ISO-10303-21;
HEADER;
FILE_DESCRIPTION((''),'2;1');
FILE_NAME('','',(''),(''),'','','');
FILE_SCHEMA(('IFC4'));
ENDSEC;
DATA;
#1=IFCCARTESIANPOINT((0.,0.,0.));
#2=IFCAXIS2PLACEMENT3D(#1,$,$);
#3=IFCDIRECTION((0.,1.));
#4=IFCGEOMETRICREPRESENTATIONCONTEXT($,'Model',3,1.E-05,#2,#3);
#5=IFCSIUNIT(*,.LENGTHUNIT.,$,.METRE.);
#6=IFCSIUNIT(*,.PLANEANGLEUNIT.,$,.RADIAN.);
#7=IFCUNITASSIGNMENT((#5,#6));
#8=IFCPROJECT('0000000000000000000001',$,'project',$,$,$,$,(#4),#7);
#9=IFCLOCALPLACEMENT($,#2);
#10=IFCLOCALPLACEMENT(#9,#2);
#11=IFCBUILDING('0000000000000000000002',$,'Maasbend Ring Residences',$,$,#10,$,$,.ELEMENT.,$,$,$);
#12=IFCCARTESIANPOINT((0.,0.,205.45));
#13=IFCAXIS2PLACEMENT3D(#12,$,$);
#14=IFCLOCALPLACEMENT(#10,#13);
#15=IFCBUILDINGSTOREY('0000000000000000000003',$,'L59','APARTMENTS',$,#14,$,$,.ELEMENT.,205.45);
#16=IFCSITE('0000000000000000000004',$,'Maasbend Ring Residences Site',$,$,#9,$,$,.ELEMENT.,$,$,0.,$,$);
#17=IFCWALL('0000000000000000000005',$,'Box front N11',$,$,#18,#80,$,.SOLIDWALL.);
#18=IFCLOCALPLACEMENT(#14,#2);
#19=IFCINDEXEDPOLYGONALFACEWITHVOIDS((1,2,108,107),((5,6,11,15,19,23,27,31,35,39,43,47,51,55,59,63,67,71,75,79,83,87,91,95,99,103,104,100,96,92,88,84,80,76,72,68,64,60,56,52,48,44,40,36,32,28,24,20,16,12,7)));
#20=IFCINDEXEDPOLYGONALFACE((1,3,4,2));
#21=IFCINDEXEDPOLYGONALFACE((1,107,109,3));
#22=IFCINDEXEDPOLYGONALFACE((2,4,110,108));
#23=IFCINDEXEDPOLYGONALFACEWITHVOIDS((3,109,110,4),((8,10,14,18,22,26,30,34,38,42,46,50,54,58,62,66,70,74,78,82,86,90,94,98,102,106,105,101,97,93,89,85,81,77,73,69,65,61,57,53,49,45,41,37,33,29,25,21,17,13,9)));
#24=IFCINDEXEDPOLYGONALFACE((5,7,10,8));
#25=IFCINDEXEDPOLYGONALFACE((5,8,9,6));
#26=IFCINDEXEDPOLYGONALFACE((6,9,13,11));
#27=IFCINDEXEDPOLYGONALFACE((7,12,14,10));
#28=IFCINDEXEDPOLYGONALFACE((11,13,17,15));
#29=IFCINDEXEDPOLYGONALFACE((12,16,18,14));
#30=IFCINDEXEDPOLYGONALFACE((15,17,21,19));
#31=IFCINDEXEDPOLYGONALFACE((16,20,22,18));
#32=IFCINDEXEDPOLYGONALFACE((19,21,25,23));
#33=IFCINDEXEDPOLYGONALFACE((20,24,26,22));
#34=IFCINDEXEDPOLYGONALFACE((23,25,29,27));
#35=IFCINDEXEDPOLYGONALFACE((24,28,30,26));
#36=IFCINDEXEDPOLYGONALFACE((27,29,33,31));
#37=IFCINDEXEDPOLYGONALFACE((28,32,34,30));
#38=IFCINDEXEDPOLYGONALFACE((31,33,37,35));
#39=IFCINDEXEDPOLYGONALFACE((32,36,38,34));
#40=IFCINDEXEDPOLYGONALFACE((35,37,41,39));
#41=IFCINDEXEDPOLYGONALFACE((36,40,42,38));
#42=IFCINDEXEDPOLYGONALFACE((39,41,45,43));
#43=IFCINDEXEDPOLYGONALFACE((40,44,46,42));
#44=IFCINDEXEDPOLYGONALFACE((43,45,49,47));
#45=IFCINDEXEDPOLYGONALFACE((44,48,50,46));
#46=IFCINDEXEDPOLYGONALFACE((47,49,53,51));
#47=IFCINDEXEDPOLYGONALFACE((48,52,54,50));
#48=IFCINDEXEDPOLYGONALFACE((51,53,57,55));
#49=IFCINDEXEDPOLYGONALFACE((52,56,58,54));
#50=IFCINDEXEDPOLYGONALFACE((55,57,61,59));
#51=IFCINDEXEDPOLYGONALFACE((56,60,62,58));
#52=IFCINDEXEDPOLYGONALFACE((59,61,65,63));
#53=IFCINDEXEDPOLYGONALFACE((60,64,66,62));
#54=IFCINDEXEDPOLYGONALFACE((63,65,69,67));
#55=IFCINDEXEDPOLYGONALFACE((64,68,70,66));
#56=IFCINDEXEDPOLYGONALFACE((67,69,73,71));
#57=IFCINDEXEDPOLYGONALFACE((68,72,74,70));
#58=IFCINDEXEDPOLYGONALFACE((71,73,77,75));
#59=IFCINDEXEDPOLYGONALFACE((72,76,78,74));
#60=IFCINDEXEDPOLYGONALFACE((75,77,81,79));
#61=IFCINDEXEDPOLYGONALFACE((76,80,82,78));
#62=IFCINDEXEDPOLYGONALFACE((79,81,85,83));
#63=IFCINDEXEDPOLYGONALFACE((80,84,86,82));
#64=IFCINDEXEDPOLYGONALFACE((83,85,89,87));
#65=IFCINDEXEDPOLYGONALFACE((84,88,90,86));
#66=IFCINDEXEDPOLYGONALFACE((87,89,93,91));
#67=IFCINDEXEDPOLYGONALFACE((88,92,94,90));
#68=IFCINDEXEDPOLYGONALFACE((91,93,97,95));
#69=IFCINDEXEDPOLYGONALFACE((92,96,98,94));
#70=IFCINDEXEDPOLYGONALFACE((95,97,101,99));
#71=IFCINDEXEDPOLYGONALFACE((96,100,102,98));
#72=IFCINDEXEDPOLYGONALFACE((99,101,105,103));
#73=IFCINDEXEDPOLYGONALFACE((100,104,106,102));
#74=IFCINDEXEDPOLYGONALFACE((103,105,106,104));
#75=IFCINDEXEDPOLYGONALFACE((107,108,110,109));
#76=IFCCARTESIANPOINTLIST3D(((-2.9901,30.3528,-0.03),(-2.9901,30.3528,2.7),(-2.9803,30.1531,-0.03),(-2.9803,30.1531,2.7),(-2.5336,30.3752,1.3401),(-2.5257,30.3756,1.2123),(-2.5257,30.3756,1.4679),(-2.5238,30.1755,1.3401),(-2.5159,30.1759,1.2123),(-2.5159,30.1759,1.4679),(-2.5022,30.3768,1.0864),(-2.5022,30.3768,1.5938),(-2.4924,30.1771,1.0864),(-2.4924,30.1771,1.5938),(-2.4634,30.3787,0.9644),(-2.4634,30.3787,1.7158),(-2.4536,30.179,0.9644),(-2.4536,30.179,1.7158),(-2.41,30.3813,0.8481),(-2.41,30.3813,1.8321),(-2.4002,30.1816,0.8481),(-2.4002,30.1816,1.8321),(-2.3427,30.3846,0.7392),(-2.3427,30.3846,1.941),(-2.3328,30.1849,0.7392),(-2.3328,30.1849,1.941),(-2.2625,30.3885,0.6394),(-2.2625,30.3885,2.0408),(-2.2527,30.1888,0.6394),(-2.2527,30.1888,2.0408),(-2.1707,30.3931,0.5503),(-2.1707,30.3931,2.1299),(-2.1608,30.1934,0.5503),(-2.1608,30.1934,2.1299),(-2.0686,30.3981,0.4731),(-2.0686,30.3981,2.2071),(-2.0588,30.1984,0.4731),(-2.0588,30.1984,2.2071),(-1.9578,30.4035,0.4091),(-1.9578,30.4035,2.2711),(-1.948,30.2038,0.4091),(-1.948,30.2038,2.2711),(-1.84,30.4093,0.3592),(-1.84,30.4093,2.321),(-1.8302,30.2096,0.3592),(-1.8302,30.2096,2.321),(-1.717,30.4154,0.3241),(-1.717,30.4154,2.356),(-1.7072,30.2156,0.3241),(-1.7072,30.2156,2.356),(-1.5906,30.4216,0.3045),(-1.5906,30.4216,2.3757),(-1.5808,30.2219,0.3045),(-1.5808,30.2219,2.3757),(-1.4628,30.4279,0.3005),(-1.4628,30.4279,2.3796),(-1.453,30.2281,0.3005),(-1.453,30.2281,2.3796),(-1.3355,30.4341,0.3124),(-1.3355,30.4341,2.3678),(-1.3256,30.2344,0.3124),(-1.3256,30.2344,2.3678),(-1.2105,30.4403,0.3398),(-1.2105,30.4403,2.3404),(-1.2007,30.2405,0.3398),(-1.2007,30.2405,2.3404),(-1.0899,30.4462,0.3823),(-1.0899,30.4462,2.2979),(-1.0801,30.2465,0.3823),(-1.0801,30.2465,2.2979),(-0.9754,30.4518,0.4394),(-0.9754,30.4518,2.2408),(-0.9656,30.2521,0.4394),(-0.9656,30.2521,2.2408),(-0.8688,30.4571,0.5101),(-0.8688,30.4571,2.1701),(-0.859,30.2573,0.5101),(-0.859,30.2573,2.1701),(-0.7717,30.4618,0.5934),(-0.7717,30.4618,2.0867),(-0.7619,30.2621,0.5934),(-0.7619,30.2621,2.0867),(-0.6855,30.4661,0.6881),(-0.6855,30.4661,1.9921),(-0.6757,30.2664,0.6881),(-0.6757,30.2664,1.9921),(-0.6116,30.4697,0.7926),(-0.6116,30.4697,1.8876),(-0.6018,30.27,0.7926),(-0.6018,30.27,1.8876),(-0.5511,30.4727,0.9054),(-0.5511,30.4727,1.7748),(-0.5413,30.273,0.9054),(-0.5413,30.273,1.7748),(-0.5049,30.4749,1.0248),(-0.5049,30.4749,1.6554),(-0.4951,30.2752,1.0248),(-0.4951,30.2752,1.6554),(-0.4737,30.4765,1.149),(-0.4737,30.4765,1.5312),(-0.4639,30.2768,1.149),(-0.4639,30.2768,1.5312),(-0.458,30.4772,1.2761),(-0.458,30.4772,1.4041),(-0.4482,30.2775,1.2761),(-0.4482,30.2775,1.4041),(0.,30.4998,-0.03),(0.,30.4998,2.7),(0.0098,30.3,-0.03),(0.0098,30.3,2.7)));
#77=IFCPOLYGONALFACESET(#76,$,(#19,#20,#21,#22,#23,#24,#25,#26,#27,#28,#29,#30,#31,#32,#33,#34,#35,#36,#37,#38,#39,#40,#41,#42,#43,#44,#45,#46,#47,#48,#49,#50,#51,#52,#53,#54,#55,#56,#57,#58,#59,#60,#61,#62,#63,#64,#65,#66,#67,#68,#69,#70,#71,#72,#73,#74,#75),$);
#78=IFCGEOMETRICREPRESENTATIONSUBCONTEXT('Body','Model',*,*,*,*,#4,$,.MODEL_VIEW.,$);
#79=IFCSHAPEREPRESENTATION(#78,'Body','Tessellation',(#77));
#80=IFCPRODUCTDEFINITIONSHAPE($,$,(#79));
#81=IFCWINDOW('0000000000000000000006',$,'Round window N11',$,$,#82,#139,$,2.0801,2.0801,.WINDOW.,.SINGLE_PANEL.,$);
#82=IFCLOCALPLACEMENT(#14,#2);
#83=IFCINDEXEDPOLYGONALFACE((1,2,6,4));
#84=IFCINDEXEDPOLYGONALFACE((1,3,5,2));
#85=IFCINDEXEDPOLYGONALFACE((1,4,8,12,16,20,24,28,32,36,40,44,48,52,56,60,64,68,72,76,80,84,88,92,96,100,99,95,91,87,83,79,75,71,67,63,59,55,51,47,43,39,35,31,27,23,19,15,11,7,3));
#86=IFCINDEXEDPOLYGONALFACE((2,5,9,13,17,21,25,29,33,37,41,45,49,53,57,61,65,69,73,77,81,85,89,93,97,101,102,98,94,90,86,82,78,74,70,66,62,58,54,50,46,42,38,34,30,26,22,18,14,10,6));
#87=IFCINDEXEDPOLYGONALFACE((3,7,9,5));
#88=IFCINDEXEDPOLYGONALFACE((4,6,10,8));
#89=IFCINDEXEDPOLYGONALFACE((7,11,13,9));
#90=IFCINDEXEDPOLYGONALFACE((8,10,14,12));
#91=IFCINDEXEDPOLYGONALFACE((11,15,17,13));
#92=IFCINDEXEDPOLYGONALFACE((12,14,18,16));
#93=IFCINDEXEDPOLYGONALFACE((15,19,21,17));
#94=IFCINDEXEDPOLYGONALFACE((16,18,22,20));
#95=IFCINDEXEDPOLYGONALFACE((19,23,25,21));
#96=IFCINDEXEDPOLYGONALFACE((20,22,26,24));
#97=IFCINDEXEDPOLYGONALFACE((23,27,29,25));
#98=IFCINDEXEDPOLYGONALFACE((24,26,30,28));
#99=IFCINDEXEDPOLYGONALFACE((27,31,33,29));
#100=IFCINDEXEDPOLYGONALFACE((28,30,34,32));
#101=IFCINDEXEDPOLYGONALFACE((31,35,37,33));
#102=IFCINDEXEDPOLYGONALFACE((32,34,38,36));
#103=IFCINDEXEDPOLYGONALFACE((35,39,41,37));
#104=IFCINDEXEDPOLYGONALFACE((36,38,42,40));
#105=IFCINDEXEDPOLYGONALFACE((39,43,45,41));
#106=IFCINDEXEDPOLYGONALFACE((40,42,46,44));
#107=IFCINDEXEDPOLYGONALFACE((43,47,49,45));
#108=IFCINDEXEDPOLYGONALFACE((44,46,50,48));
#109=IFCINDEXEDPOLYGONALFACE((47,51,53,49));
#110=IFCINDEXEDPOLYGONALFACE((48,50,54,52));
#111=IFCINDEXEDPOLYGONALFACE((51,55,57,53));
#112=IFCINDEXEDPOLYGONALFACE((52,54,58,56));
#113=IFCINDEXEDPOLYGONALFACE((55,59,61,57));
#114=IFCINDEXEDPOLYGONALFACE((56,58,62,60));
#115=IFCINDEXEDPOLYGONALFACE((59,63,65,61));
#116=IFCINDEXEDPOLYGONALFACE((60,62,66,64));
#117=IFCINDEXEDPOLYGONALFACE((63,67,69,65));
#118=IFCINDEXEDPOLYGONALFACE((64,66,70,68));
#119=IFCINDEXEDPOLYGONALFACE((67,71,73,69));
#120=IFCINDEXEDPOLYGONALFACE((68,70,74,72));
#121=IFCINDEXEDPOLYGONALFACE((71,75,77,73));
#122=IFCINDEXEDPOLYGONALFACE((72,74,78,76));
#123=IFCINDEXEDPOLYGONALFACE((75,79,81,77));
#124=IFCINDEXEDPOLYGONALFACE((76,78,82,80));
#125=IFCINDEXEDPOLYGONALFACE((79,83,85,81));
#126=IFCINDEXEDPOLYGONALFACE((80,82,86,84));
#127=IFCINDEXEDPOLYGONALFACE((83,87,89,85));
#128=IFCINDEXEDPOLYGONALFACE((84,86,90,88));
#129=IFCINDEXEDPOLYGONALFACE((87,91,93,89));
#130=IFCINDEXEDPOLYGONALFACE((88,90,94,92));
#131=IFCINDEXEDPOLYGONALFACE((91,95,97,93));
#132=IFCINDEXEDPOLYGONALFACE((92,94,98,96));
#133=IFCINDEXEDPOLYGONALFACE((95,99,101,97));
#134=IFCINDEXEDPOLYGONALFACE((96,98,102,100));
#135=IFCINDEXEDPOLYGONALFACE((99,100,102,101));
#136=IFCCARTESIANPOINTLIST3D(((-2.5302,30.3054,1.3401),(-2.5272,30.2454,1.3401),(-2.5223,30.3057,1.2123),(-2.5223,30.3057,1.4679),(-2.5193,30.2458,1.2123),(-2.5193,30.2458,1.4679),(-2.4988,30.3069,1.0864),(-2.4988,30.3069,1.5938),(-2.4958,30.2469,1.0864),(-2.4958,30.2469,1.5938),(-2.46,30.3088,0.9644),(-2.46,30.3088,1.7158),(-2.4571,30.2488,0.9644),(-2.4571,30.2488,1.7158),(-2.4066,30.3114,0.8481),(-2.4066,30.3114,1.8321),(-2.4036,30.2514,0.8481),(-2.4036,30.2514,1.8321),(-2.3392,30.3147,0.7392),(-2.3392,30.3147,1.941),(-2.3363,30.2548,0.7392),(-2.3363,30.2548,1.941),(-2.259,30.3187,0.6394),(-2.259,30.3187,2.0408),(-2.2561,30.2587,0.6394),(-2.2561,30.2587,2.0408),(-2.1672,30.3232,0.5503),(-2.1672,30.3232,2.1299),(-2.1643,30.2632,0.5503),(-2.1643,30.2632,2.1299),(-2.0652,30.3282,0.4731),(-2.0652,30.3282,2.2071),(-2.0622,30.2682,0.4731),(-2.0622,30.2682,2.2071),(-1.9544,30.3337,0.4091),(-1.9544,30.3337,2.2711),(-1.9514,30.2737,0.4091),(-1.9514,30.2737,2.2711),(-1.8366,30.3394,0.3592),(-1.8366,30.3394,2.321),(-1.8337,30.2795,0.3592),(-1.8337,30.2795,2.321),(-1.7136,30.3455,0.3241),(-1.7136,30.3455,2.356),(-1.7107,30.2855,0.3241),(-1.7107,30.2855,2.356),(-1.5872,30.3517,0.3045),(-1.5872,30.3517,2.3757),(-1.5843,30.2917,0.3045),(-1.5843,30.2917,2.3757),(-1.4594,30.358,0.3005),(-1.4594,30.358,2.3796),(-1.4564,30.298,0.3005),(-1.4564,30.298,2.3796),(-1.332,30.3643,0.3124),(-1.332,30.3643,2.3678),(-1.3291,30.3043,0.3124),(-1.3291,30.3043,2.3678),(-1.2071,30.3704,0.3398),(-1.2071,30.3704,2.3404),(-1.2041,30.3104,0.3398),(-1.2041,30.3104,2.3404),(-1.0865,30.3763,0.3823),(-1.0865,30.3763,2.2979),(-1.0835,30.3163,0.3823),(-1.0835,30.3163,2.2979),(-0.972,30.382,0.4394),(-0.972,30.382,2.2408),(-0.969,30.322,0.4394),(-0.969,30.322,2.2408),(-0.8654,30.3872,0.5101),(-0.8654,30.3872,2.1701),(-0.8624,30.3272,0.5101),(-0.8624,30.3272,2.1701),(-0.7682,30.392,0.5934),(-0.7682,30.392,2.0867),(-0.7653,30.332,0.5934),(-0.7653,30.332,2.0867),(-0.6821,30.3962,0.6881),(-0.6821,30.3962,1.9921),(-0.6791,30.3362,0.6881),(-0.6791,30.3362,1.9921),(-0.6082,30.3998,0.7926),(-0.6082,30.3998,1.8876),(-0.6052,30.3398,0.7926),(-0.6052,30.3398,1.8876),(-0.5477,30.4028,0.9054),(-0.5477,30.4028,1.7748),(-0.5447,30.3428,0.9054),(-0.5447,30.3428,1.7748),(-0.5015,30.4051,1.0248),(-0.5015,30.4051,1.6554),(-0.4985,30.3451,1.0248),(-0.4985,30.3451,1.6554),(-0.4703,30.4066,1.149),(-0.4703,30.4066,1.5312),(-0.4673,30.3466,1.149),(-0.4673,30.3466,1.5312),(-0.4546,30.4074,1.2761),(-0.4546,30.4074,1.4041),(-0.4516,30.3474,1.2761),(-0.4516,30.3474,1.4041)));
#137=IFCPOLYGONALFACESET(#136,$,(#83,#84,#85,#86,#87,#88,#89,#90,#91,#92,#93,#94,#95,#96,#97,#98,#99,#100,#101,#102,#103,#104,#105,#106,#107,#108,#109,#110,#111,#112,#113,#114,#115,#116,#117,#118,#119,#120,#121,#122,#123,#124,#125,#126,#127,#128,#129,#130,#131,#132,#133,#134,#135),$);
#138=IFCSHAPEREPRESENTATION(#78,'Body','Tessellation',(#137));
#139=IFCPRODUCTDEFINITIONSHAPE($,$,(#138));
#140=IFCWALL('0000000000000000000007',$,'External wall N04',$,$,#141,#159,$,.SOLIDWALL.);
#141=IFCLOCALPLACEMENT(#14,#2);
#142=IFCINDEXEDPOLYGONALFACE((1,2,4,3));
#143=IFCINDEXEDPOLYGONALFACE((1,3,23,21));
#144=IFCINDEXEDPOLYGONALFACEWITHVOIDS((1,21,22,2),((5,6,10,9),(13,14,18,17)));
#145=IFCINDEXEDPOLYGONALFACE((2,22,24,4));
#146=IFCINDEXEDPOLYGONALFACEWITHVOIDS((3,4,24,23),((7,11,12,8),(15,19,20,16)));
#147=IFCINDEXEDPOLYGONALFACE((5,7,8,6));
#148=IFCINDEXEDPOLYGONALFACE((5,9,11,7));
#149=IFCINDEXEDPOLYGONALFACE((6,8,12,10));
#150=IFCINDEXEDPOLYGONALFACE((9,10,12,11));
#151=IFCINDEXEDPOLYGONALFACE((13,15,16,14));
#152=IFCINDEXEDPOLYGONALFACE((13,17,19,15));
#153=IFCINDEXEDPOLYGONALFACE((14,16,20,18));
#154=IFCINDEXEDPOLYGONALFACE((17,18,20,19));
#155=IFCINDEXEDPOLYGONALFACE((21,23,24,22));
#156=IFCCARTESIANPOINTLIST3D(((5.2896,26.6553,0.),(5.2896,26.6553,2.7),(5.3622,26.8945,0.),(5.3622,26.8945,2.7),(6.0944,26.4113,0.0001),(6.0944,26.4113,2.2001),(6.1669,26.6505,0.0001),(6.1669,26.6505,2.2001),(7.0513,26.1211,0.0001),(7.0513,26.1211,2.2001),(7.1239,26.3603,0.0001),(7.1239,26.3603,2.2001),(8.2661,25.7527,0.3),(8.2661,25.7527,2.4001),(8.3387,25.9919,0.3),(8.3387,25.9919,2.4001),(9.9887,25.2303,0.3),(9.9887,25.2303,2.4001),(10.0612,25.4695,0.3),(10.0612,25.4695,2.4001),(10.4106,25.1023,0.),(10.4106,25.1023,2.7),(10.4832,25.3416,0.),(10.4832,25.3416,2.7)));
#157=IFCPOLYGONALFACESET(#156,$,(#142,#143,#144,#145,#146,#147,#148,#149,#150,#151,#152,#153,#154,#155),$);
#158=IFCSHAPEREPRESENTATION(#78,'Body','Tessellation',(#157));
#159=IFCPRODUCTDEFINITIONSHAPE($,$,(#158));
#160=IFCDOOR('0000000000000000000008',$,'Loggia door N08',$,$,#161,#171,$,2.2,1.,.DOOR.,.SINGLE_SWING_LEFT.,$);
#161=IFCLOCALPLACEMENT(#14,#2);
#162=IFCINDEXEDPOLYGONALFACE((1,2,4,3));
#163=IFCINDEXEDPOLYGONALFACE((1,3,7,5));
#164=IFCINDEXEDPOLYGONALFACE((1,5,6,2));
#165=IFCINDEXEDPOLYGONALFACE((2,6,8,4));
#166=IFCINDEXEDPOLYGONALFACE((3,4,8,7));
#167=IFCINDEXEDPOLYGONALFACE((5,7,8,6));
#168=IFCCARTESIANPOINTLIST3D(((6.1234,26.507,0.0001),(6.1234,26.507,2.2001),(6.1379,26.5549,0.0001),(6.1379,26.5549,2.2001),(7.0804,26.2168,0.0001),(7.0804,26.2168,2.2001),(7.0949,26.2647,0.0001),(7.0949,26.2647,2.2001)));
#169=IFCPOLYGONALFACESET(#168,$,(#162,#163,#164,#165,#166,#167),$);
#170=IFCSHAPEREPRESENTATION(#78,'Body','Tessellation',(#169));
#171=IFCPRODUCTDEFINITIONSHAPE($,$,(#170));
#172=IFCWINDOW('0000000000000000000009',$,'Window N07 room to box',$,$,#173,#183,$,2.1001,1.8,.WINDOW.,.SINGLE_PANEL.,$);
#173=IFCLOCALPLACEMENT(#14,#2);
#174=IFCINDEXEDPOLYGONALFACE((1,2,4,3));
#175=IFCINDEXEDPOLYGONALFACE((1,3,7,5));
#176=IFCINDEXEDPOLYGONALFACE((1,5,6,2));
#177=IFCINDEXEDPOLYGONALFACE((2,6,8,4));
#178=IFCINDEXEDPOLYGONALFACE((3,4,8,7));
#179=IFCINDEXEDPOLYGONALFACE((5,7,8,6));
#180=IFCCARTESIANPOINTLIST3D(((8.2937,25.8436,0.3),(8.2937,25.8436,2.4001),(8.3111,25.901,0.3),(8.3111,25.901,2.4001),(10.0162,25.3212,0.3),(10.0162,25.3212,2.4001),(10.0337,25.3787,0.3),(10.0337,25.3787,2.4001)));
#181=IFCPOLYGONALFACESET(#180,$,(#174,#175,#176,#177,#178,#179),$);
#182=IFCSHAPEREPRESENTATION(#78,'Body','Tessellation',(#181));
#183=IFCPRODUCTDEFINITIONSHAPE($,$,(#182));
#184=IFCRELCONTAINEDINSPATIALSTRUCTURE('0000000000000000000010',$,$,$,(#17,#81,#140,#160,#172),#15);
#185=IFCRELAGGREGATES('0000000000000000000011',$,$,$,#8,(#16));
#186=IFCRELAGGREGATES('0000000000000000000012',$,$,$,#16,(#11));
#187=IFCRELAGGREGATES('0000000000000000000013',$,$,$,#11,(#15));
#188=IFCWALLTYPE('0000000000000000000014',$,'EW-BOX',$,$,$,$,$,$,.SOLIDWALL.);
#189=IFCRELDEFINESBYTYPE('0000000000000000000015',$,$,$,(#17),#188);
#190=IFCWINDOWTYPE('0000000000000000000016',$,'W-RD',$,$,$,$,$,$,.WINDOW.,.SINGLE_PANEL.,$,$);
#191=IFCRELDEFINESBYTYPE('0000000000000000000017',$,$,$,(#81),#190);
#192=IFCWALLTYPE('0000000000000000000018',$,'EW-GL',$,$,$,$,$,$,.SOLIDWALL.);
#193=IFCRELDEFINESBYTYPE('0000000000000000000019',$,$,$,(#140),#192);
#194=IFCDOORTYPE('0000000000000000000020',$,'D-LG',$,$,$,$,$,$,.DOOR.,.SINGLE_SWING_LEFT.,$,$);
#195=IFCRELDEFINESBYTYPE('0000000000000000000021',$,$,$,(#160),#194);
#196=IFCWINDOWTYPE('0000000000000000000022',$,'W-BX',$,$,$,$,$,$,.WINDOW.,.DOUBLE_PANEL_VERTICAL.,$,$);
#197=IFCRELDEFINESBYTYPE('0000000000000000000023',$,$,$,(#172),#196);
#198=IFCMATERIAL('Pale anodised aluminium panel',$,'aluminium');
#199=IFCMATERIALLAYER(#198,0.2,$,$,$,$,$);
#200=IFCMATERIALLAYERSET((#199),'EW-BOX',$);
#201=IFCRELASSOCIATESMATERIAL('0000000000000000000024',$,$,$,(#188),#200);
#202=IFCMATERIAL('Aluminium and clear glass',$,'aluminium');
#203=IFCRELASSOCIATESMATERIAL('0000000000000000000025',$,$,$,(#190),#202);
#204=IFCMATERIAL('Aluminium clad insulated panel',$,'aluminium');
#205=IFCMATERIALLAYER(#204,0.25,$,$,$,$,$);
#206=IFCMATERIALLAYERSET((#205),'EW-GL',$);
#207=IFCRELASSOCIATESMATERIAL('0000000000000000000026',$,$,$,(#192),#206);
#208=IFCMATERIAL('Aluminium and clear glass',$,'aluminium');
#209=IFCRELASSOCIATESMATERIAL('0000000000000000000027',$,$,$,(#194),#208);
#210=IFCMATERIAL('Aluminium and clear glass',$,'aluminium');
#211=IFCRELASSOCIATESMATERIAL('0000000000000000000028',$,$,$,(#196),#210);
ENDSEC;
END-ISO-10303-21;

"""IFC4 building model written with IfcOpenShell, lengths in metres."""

from ifc_helpers import new_model, si_unit, direction, frame, frame_2d, origin, place, context, subcontext, project, spatial, rectangle, circle, extrude, material, layer, layer_set, type_object, element, fill, save


model = new_model("IFC4")

# Units and contexts
model_context = context("Model", 3, precision=1e-05, world=origin(), true_north=direction((0.0, 1.0)))
body_context = subcontext(model_context, "Body", "Model", "MODEL_VIEW")
ifc_project = project(units=[si_unit("LENGTHUNIT", "METRE"), si_unit("PLANEANGLEUNIT", "RADIAN")], contexts=[model_context])

# Site, building, storey
site_placement = place(None, origin())
site = spatial("IfcSite", under=ifc_project, at=site_placement, Name="Maasbend Ring Residences Site", CompositionType="ELEMENT", RefElevation=0.0)
building_placement = place(site_placement, origin())
building = spatial("IfcBuilding", under=site, at=building_placement, Name="Maasbend Ring Residences", CompositionType="ELEMENT")
storey_placement = place(building_placement, frame((0.0, 0.0, 205.45)))
storey = spatial("IfcBuildingStorey", under=building, at=storey_placement, Name="L59", Description="APARTMENTS", CompositionType="ELEMENT", Elevation=205.45)

# Shared definitions
ifc_material_1 = material(Name="Pale anodised aluminium panel", Category="aluminium")
ifc_layer_1 = layer(ifc_material_1, 0.2)
ifc_layer_set_1 = layer_set([ifc_layer_1], Name="EW-BOX")
wall_type_1 = type_object("IfcWallType", Name="EW-BOX", PredefinedType="SOLIDWALL", material=ifc_layer_set_1)

# Shared definitions
ifc_material_2 = material(Name="Aluminium and clear glass", Category="aluminium")
window_type_1 = type_object("IfcWindowType", Name="W-RD", PartitioningType="SINGLE_PANEL", PredefinedType="WINDOW", material=ifc_material_2)

# Wall, opening, window
wall_1_placement = place(storey_placement, frame((0.0049, 30.3999, -0.03), z_axis=(0.0, 0.0, 1.0), x_axis=(-0.998794, -0.049096, 0.0)))
wall_1 = element("IfcWall", 1, at=wall_1_placement, inside=storey, type_object=wall_type_1, Name="Box front N11", PredefinedType="SOLIDWALL", context=body_context, shape_type="SweptSolid", body=[
    extrude(rectangle(XDim=2.9937, YDim=0.2, at=frame_2d((1.4968, 0.0))), origin(), (0.0, 0.0, 1.0), 2.73),
])
opening_1_placement = place(wall_1_placement, frame((0.4565, 0.0, 0.3301)))
opening_1 = element("IfcOpeningElement", 2, at=opening_1_placement, cuts=wall_1, PredefinedType="OPENING", context=body_context, shape_type="SweptSolid", body=[
    extrude(circle(Radius=1.04, at=frame_2d((1.04, 1.04))), frame((0.0, 0.1099, 0.0), z_axis=(0.0, -1.0, 0.0), x_axis=(1.0, 0.0, 0.0)), (0.0, 0.0, 1.0), 0.22),
])
window_1_placement = place(opening_1_placement, origin())
window_1 = element("IfcWindow", 3, at=window_1_placement, inside=storey, type_object=window_type_1, Name="Round window N11", OverallHeight=2.0801, OverallWidth=2.0801, PartitioningType="SINGLE_PANEL", PredefinedType="WINDOW", context=body_context, shape_type="SweptSolid", body=[
    extrude(circle(Radius=1.04, at=frame_2d((1.04, 1.04))), frame((0.0, 0.03, 0.0), z_axis=(0.0, -1.0, 0.0), x_axis=(1.0, 0.0, 0.0)), (0.0, 0.0, 1.0), 0.0601),
])
fill(opening_1, window_1)

# Wall, openings, door, window
ifc_material_3 = material(Name="Aluminium clad insulated panel", Category="aluminium")
ifc_layer_2 = layer(ifc_material_3, 0.25)
ifc_layer_set_2 = layer_set([ifc_layer_2], Name="EW-GL")
wall_type_2 = type_object("IfcWallType", Name="EW-GL", PredefinedType="SOLIDWALL", material=ifc_layer_set_2)
wall_2_placement = place(storey_placement, frame((10.447, 25.2219, 0.0), z_axis=(0.0, 0.0, 1.0), x_axis=(-0.956966, 0.290201, 0.0)))
wall_2 = element("IfcWall", 4, at=wall_2_placement, inside=storey, type_object=wall_type_2, Name="External wall N04", PredefinedType="SOLIDWALL", context=body_context, shape_type="SweptSolid", body=[
    extrude(rectangle(XDim=5.3513, YDim=0.25, at=frame_2d((2.6758, 0.0))), origin(), (0.0, 0.0, 1.0), 2.7),
])
opening_2_placement = place(wall_2_placement, frame((0.4412, 0.0, 0.3)))
opening_2 = element("IfcOpeningElement", 5, at=opening_2_placement, cuts=wall_2, PredefinedType="OPENING", context=body_context, shape_type="SweptSolid", body=[
    extrude(rectangle(XDim=1.8, YDim=2.1001, at=frame_2d((0.8999, 1.05))), frame((0.0, 0.135, 0.0), z_axis=(0.0, -1.0, 0.0), x_axis=(1.0, 0.0, 0.0)), (0.0, 0.0, 1.0), 0.27),
])
opening_3_placement = place(wall_2_placement, frame((3.5105, 0.0, 0.0)))
opening_3 = element("IfcOpeningElement", 6, at=opening_3_placement, cuts=wall_2, PredefinedType="OPENING", context=body_context, shape_type="SweptSolid", body=[
    extrude(rectangle(XDim=1.0, YDim=2.2, at=frame_2d((0.5, 1.1001))), frame((0.0, 0.135, 0.0), z_axis=(0.0, -1.0, 0.0), x_axis=(1.0, 0.0, 0.0)), (0.0, 0.0, 1.0), 0.27),
])
ifc_material_4 = material(Name="Aluminium and clear glass", Category="aluminium")
door_type_1 = type_object("IfcDoorType", Name="D-LG", OperationType="SINGLE_SWING_LEFT", PredefinedType="DOOR", material=ifc_material_4)
door_1_placement = place(opening_3_placement, origin())
door_1 = element("IfcDoor", 7, at=door_1_placement, inside=storey, type_object=door_type_1, Name="Loggia door N08", OperationType="SINGLE_SWING_LEFT", OverallHeight=2.2, OverallWidth=1.0, PredefinedType="DOOR", context=body_context, shape_type="SweptSolid", body=[
    extrude(rectangle(XDim=1.0, YDim=2.2, at=frame_2d((0.5, 1.1001))), frame((0.0, 0.0249, 0.0), z_axis=(0.0, -1.0, 0.0), x_axis=(1.0, 0.0, 0.0)), (0.0, 0.0, 1.0), 0.05),
])
fill(opening_3, door_1)
ifc_material_5 = material(Name="Aluminium and clear glass", Category="aluminium")
window_type_2 = type_object("IfcWindowType", Name="W-BX", PartitioningType="DOUBLE_PANEL_VERTICAL", PredefinedType="WINDOW", material=ifc_material_5)
window_2_placement = place(opening_2_placement, origin())
window_2 = element("IfcWindow", 8, at=window_2_placement, inside=storey, type_object=window_type_2, Name="Window N07 room to box", OverallHeight=2.1001, OverallWidth=1.8, PartitioningType="SINGLE_PANEL", PredefinedType="WINDOW", context=body_context, shape_type="SweptSolid", body=[
    extrude(rectangle(XDim=1.8, YDim=2.1001, at=frame_2d((0.8999, 1.05))), frame((0.0, 0.03, 0.0), z_axis=(0.0, -1.0, 0.0), x_axis=(1.0, 0.0, 0.0)), (0.0, 0.0, 1.0), 0.0601),
])
fill(opening_2, window_2)

save(model, "model.ifc")
